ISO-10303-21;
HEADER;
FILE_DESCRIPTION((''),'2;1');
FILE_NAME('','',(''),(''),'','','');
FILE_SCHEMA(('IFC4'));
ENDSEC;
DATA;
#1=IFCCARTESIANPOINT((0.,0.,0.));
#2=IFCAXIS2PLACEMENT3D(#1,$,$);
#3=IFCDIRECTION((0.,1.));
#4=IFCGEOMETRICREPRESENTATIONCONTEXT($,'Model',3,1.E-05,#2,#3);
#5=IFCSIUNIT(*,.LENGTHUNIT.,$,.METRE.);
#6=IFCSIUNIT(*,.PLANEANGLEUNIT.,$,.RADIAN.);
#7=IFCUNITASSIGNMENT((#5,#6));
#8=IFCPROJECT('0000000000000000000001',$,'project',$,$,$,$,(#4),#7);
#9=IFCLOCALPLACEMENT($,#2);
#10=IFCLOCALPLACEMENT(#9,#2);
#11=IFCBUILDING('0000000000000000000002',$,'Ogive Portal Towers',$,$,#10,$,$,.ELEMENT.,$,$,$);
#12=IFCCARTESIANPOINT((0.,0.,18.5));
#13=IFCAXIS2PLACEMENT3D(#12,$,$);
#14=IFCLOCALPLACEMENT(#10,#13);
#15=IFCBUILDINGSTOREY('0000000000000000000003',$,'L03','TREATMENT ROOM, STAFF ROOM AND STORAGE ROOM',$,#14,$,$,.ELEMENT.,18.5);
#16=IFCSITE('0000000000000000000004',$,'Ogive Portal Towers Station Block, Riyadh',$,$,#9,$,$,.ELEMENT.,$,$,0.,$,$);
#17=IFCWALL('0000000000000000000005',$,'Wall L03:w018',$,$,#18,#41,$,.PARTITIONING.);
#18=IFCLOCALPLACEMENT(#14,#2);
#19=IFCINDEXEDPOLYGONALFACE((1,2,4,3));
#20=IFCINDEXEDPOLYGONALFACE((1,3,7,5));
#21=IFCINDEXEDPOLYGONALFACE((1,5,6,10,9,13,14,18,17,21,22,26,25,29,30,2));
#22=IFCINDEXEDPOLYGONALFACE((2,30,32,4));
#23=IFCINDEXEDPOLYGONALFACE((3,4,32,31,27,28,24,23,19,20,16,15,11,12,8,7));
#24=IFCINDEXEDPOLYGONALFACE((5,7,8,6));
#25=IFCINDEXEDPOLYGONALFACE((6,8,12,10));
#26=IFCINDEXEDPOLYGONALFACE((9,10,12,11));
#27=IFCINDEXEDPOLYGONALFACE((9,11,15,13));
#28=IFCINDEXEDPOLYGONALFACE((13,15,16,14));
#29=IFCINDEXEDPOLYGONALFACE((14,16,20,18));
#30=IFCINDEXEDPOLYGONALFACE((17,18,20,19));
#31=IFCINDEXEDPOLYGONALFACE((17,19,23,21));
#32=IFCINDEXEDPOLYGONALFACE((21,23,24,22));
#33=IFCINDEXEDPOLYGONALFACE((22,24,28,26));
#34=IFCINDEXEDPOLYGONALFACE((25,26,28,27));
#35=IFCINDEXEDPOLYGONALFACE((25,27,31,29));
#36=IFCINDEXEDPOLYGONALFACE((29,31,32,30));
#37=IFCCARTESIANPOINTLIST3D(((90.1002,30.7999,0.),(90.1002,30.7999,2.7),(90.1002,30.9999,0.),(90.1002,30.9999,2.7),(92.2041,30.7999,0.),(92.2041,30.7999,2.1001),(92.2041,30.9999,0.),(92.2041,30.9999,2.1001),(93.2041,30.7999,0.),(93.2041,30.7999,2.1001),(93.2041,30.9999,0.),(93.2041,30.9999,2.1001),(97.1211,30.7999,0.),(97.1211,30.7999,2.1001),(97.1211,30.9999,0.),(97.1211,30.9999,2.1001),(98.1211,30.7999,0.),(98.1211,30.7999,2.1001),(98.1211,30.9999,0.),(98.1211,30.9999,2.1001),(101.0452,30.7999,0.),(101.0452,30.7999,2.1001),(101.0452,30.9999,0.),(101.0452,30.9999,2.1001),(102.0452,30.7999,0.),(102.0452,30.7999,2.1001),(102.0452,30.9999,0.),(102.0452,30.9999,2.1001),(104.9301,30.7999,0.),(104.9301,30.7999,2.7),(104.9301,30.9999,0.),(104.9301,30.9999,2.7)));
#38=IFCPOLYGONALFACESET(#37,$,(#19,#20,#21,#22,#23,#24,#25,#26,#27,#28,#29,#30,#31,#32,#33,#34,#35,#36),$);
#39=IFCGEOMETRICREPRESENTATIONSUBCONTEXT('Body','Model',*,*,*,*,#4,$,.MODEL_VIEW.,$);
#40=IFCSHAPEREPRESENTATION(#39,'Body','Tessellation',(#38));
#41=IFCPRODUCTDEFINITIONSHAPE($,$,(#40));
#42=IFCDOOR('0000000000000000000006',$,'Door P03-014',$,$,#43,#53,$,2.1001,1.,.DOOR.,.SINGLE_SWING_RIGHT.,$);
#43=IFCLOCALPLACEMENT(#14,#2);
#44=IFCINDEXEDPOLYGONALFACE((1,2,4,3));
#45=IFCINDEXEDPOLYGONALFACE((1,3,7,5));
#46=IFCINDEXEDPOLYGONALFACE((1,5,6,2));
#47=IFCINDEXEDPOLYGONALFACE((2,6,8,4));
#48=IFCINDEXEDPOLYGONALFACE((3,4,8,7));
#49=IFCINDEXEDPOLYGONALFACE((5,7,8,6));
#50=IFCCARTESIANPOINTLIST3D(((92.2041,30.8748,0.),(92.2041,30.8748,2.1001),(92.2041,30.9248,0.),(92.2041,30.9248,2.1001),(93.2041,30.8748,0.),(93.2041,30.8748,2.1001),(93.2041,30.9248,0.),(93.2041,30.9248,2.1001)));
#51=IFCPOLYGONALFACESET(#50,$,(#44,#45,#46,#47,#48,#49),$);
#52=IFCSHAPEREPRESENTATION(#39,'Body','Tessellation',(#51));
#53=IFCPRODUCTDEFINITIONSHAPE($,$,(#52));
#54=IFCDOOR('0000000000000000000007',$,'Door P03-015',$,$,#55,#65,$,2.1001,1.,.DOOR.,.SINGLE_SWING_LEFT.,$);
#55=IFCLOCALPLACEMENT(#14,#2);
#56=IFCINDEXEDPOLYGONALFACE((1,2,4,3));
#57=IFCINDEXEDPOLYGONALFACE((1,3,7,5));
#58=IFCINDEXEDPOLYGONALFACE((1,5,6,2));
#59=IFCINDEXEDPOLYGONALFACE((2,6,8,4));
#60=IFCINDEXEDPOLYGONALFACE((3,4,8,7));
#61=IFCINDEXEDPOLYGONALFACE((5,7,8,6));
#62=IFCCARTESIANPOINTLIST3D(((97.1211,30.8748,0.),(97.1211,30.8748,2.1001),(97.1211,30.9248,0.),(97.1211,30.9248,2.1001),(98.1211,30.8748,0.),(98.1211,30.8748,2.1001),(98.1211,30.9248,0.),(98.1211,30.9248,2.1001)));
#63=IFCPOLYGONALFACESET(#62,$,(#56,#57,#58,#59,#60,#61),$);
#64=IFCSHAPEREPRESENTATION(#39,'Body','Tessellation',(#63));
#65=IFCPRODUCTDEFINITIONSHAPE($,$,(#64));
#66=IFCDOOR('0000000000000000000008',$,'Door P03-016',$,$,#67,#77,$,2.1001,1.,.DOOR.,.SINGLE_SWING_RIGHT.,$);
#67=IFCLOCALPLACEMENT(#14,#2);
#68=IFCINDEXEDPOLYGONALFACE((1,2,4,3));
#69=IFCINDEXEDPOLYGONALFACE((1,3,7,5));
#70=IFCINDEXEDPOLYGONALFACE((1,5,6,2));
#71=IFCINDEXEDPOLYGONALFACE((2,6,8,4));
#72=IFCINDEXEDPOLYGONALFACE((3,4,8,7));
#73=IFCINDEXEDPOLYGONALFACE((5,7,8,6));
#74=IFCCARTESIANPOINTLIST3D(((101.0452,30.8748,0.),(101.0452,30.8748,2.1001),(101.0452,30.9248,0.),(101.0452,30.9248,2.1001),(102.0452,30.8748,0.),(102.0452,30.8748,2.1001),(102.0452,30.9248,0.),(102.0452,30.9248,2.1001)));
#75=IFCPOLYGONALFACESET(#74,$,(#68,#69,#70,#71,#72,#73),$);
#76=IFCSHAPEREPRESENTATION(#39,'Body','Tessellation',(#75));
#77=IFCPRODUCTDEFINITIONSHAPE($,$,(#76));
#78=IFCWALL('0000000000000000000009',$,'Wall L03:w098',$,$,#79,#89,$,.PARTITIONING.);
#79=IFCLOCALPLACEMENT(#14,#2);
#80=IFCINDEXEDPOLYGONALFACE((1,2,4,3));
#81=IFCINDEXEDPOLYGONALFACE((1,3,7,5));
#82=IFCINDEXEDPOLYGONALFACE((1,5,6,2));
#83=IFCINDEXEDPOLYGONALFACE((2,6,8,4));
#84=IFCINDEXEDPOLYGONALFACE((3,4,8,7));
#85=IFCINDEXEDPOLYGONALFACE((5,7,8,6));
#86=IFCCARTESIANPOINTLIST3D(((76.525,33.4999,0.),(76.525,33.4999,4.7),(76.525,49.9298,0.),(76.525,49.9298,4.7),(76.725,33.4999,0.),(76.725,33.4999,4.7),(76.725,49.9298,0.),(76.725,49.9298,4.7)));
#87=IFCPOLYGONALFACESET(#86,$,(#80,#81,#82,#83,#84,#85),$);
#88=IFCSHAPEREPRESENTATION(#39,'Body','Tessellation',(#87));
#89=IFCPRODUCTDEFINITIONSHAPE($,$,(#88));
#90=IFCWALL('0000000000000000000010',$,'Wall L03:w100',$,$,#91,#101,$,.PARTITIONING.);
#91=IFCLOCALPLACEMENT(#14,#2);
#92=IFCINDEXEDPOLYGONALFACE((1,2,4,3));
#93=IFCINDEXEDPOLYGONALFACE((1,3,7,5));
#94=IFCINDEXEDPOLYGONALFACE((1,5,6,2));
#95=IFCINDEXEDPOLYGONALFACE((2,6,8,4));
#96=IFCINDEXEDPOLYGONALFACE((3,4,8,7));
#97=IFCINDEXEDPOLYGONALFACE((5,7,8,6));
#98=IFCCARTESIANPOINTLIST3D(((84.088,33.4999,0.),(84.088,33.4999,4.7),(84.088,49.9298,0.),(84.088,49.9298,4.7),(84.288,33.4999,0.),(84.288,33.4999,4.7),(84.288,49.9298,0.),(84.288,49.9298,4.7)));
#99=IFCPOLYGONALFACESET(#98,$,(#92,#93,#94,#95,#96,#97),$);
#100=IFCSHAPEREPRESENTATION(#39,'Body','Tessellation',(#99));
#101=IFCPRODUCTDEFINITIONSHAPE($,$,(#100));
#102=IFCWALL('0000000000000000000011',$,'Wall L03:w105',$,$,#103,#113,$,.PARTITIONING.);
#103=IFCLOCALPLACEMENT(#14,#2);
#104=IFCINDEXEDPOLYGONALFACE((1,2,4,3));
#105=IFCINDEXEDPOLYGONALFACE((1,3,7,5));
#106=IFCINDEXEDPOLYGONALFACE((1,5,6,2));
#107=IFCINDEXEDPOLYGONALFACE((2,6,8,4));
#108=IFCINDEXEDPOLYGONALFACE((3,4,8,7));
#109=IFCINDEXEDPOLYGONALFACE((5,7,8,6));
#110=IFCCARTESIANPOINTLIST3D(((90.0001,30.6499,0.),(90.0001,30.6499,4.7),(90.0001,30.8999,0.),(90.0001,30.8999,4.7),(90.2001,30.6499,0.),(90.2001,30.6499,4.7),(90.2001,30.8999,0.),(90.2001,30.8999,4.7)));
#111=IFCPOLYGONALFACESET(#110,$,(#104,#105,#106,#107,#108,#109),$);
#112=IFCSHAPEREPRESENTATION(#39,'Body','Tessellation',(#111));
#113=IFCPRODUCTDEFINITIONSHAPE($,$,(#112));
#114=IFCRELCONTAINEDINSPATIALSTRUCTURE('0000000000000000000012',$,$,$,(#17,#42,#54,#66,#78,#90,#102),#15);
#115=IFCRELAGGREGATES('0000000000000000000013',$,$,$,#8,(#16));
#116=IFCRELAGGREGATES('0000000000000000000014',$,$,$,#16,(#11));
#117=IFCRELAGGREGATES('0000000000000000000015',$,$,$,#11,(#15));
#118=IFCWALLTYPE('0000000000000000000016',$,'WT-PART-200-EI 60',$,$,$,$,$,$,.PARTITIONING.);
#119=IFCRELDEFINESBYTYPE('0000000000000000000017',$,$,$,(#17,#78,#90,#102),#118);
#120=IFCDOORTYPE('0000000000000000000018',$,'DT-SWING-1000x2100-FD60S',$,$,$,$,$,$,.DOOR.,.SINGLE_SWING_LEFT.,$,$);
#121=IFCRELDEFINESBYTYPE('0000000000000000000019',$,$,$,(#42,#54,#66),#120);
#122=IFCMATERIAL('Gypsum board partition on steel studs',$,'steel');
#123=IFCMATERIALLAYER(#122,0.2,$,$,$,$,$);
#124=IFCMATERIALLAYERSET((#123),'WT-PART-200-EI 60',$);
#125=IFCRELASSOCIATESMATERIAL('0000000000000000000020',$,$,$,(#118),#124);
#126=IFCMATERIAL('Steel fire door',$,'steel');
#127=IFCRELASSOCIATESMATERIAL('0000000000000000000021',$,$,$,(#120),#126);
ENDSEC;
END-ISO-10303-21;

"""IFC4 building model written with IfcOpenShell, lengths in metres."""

from ifc_helpers import new_model, si_unit, direction, frame, frame_2d, origin, place, context, subcontext, project, spatial, rectangle, extrude, material, layer, layer_set, type_object, element, fill, save


model = new_model("IFC4")

# Units and contexts
model_context = context("Model", 3, precision=1e-05, world=origin(), true_north=direction((0.0, 1.0)))
body_context = subcontext(model_context, "Body", "Model", "MODEL_VIEW")
ifc_project = project(units=[si_unit("LENGTHUNIT", "METRE"), si_unit("PLANEANGLEUNIT", "RADIAN")], contexts=[model_context])

# Site, building, storey
site_placement = place(None, origin())
site = spatial("IfcSite", under=ifc_project, at=site_placement, Name="Ogive Portal Towers Station Block, Riyadh", CompositionType="ELEMENT", RefElevation=0.0)
building_placement = place(site_placement, origin())
building = spatial("IfcBuilding", under=site, at=building_placement, Name="Ogive Portal Towers", CompositionType="ELEMENT")
storey_placement = place(building_placement, frame((0.0, 0.0, 18.5)))
storey = spatial("IfcBuildingStorey", under=building, at=storey_placement, Name="L03", Description="TREATMENT ROOM, STAFF ROOM AND STORAGE ROOM", CompositionType="ELEMENT", Elevation=18.5)

# Shared definitions
ifc_material_1 = material(Name="Steel fire door", Category="steel")
ifc_material_2 = material(Name="Gypsum board partition on steel studs", Category="steel")
ifc_layer_1 = layer(ifc_material_2, 0.2)
ifc_layer_set_1 = layer_set([ifc_layer_1], Name="WT-PART-200-EI 60")
wall_type_1 = type_object("IfcWallType", Name="WT-PART-200-EI 60", PredefinedType="PARTITIONING", material=ifc_layer_set_1)
door_type_1 = type_object("IfcDoorType", Name="DT-SWING-1000x2100-FD60S", OperationType="SINGLE_SWING_LEFT", PredefinedType="DOOR", material=ifc_material_1)

# Wall, openings, doors
wall_1_placement = place(storey_placement, frame((90.1001, 30.8999, 0.0), z_axis=(0.0, 0.0, 1.0), x_axis=(1.0, 0.0, 0.0)))
wall_1 = element("IfcWall", 1, at=wall_1_placement, inside=storey, type_object=wall_type_1, Name="Wall L03:w018", PredefinedType="PARTITIONING", context=body_context, shape_type="SweptSolid", body=[
    extrude(rectangle(XDim=14.8298, YDim=0.2, at=frame_2d((7.415, 0.0))), origin(), (0.0, 0.0, 1.0), 2.7),
])
opening_1_placement = place(wall_1_placement, frame((2.104, 0.0, 0.0)))
opening_1 = element("IfcOpeningElement", 2, at=opening_1_placement, cuts=wall_1, PredefinedType="OPENING", context=body_context, shape_type="SweptSolid", body=[
    extrude(rectangle(XDim=1.0, YDim=2.1001, at=frame_2d((0.5, 1.05))), frame((0.0, 0.1099, 0.0), z_axis=(0.0, -1.0, 0.0), x_axis=(1.0, 0.0, 0.0)), (0.0, 0.0, 1.0), 0.22),
])
opening_2_placement = place(wall_1_placement, frame((7.021, 0.0, 0.0)))
opening_2 = element("IfcOpeningElement", 3, at=opening_2_placement, cuts=wall_1, PredefinedType="OPENING", context=body_context, shape_type="SweptSolid", body=[
    extrude(rectangle(XDim=1.0, YDim=2.1001, at=frame_2d((0.5, 1.05))), frame((0.0, 0.1099, 0.0), z_axis=(0.0, -1.0, 0.0), x_axis=(1.0, 0.0, 0.0)), (0.0, 0.0, 1.0), 0.22),
])
opening_3_placement = place(wall_1_placement, frame((10.9451, 0.0, 0.0)))
opening_3 = element("IfcOpeningElement", 4, at=opening_3_placement, cuts=wall_1, PredefinedType="OPENING", context=body_context, shape_type="SweptSolid", body=[
    extrude(rectangle(XDim=1.0, YDim=2.1001, at=frame_2d((0.5, 1.05))), frame((0.0, 0.1099, 0.0), z_axis=(0.0, -1.0, 0.0), x_axis=(1.0, 0.0, 0.0)), (0.0, 0.0, 1.0), 0.22),
])
door_1_placement = place(opening_1_placement, origin())
door_1 = element("IfcDoor", 5, at=door_1_placement, inside=storey, type_object=door_type_1, Name="Door P03-014", OperationType="SINGLE_SWING_RIGHT", OverallHeight=2.1001, OverallWidth=1.0, PredefinedType="DOOR", context=body_context, shape_type="SweptSolid", body=[
    extrude(rectangle(XDim=1.0, YDim=2.1001, at=frame_2d((0.5, 1.05))), frame((0.0, 0.0249, 0.0), z_axis=(0.0, -1.0, 0.0), x_axis=(1.0, 0.0, 0.0)), (0.0, 0.0, 1.0), 0.05),
])
fill(opening_1, door_1)
door_2_placement = place(opening_2_placement, origin())
door_2 = element("IfcDoor", 6, at=door_2_placement, inside=storey, type_object=door_type_1, Name="Door P03-015", OperationType="SINGLE_SWING_LEFT", OverallHeight=2.1001, OverallWidth=1.0, PredefinedType="DOOR", context=body_context, shape_type="SweptSolid", body=[
    extrude(rectangle(XDim=1.0, YDim=2.1001, at=frame_2d((0.5, 1.05))), frame((0.0, 0.0249, 0.0), z_axis=(0.0, -1.0, 0.0), x_axis=(1.0, 0.0, 0.0)), (0.0, 0.0, 1.0), 0.05),
])
fill(opening_2, door_2)
door_3_placement = place(opening_3_placement, origin())
door_3 = element("IfcDoor", 7, at=door_3_placement, inside=storey, type_object=door_type_1, Name="Door P03-016", OperationType="SINGLE_SWING_RIGHT", OverallHeight=2.1001, OverallWidth=1.0, PredefinedType="DOOR", context=body_context, shape_type="SweptSolid", body=[
    extrude(rectangle(XDim=1.0, YDim=2.1001, at=frame_2d((0.5, 1.05))), frame((0.0, 0.0249, 0.0), z_axis=(0.0, -1.0, 0.0), x_axis=(1.0, 0.0, 0.0)), (0.0, 0.0, 1.0), 0.05),
])
fill(opening_3, door_3)

# Walls
for number, where, z_axis, x_axis, name in (
    (8, (76.625, 33.5, 0.0), (0.0, 0.0, 1.0), (0.0, 1.0, 0.0), "Wall L03:w098"),
    (9, (84.188, 33.5, 0.0), (0.0, 0.0, 1.0), (0.0, 1.0, 0.0), "Wall L03:w100"),
):
    element("IfcWall", number, at=place(storey_placement, frame(where, z_axis=z_axis, x_axis=x_axis)), inside=storey, type_object=wall_type_1, Name=name, PredefinedType="PARTITIONING", context=body_context, shape_type="SweptSolid", body=[
        extrude(rectangle(XDim=16.4299, YDim=0.2, at=frame_2d((8.2148, 0.0))), origin(), (0.0, 0.0, 1.0), 4.7),
    ])
wall_2_placement = place(storey_placement, frame((90.1001, 30.6499, 0.0), z_axis=(0.0, 0.0, 1.0), x_axis=(0.0, 1.0, 0.0)))
element("IfcWall", 10, at=wall_2_placement, inside=storey, type_object=wall_type_1, Name="Wall L03:w105", PredefinedType="PARTITIONING", context=body_context, shape_type="SweptSolid", body=[
    extrude(rectangle(XDim=0.25, YDim=0.2, at=frame_2d((0.125, 0.0))), origin(), (0.0, 0.0, 1.0), 4.7),
])

save(model, "model.ifc")
